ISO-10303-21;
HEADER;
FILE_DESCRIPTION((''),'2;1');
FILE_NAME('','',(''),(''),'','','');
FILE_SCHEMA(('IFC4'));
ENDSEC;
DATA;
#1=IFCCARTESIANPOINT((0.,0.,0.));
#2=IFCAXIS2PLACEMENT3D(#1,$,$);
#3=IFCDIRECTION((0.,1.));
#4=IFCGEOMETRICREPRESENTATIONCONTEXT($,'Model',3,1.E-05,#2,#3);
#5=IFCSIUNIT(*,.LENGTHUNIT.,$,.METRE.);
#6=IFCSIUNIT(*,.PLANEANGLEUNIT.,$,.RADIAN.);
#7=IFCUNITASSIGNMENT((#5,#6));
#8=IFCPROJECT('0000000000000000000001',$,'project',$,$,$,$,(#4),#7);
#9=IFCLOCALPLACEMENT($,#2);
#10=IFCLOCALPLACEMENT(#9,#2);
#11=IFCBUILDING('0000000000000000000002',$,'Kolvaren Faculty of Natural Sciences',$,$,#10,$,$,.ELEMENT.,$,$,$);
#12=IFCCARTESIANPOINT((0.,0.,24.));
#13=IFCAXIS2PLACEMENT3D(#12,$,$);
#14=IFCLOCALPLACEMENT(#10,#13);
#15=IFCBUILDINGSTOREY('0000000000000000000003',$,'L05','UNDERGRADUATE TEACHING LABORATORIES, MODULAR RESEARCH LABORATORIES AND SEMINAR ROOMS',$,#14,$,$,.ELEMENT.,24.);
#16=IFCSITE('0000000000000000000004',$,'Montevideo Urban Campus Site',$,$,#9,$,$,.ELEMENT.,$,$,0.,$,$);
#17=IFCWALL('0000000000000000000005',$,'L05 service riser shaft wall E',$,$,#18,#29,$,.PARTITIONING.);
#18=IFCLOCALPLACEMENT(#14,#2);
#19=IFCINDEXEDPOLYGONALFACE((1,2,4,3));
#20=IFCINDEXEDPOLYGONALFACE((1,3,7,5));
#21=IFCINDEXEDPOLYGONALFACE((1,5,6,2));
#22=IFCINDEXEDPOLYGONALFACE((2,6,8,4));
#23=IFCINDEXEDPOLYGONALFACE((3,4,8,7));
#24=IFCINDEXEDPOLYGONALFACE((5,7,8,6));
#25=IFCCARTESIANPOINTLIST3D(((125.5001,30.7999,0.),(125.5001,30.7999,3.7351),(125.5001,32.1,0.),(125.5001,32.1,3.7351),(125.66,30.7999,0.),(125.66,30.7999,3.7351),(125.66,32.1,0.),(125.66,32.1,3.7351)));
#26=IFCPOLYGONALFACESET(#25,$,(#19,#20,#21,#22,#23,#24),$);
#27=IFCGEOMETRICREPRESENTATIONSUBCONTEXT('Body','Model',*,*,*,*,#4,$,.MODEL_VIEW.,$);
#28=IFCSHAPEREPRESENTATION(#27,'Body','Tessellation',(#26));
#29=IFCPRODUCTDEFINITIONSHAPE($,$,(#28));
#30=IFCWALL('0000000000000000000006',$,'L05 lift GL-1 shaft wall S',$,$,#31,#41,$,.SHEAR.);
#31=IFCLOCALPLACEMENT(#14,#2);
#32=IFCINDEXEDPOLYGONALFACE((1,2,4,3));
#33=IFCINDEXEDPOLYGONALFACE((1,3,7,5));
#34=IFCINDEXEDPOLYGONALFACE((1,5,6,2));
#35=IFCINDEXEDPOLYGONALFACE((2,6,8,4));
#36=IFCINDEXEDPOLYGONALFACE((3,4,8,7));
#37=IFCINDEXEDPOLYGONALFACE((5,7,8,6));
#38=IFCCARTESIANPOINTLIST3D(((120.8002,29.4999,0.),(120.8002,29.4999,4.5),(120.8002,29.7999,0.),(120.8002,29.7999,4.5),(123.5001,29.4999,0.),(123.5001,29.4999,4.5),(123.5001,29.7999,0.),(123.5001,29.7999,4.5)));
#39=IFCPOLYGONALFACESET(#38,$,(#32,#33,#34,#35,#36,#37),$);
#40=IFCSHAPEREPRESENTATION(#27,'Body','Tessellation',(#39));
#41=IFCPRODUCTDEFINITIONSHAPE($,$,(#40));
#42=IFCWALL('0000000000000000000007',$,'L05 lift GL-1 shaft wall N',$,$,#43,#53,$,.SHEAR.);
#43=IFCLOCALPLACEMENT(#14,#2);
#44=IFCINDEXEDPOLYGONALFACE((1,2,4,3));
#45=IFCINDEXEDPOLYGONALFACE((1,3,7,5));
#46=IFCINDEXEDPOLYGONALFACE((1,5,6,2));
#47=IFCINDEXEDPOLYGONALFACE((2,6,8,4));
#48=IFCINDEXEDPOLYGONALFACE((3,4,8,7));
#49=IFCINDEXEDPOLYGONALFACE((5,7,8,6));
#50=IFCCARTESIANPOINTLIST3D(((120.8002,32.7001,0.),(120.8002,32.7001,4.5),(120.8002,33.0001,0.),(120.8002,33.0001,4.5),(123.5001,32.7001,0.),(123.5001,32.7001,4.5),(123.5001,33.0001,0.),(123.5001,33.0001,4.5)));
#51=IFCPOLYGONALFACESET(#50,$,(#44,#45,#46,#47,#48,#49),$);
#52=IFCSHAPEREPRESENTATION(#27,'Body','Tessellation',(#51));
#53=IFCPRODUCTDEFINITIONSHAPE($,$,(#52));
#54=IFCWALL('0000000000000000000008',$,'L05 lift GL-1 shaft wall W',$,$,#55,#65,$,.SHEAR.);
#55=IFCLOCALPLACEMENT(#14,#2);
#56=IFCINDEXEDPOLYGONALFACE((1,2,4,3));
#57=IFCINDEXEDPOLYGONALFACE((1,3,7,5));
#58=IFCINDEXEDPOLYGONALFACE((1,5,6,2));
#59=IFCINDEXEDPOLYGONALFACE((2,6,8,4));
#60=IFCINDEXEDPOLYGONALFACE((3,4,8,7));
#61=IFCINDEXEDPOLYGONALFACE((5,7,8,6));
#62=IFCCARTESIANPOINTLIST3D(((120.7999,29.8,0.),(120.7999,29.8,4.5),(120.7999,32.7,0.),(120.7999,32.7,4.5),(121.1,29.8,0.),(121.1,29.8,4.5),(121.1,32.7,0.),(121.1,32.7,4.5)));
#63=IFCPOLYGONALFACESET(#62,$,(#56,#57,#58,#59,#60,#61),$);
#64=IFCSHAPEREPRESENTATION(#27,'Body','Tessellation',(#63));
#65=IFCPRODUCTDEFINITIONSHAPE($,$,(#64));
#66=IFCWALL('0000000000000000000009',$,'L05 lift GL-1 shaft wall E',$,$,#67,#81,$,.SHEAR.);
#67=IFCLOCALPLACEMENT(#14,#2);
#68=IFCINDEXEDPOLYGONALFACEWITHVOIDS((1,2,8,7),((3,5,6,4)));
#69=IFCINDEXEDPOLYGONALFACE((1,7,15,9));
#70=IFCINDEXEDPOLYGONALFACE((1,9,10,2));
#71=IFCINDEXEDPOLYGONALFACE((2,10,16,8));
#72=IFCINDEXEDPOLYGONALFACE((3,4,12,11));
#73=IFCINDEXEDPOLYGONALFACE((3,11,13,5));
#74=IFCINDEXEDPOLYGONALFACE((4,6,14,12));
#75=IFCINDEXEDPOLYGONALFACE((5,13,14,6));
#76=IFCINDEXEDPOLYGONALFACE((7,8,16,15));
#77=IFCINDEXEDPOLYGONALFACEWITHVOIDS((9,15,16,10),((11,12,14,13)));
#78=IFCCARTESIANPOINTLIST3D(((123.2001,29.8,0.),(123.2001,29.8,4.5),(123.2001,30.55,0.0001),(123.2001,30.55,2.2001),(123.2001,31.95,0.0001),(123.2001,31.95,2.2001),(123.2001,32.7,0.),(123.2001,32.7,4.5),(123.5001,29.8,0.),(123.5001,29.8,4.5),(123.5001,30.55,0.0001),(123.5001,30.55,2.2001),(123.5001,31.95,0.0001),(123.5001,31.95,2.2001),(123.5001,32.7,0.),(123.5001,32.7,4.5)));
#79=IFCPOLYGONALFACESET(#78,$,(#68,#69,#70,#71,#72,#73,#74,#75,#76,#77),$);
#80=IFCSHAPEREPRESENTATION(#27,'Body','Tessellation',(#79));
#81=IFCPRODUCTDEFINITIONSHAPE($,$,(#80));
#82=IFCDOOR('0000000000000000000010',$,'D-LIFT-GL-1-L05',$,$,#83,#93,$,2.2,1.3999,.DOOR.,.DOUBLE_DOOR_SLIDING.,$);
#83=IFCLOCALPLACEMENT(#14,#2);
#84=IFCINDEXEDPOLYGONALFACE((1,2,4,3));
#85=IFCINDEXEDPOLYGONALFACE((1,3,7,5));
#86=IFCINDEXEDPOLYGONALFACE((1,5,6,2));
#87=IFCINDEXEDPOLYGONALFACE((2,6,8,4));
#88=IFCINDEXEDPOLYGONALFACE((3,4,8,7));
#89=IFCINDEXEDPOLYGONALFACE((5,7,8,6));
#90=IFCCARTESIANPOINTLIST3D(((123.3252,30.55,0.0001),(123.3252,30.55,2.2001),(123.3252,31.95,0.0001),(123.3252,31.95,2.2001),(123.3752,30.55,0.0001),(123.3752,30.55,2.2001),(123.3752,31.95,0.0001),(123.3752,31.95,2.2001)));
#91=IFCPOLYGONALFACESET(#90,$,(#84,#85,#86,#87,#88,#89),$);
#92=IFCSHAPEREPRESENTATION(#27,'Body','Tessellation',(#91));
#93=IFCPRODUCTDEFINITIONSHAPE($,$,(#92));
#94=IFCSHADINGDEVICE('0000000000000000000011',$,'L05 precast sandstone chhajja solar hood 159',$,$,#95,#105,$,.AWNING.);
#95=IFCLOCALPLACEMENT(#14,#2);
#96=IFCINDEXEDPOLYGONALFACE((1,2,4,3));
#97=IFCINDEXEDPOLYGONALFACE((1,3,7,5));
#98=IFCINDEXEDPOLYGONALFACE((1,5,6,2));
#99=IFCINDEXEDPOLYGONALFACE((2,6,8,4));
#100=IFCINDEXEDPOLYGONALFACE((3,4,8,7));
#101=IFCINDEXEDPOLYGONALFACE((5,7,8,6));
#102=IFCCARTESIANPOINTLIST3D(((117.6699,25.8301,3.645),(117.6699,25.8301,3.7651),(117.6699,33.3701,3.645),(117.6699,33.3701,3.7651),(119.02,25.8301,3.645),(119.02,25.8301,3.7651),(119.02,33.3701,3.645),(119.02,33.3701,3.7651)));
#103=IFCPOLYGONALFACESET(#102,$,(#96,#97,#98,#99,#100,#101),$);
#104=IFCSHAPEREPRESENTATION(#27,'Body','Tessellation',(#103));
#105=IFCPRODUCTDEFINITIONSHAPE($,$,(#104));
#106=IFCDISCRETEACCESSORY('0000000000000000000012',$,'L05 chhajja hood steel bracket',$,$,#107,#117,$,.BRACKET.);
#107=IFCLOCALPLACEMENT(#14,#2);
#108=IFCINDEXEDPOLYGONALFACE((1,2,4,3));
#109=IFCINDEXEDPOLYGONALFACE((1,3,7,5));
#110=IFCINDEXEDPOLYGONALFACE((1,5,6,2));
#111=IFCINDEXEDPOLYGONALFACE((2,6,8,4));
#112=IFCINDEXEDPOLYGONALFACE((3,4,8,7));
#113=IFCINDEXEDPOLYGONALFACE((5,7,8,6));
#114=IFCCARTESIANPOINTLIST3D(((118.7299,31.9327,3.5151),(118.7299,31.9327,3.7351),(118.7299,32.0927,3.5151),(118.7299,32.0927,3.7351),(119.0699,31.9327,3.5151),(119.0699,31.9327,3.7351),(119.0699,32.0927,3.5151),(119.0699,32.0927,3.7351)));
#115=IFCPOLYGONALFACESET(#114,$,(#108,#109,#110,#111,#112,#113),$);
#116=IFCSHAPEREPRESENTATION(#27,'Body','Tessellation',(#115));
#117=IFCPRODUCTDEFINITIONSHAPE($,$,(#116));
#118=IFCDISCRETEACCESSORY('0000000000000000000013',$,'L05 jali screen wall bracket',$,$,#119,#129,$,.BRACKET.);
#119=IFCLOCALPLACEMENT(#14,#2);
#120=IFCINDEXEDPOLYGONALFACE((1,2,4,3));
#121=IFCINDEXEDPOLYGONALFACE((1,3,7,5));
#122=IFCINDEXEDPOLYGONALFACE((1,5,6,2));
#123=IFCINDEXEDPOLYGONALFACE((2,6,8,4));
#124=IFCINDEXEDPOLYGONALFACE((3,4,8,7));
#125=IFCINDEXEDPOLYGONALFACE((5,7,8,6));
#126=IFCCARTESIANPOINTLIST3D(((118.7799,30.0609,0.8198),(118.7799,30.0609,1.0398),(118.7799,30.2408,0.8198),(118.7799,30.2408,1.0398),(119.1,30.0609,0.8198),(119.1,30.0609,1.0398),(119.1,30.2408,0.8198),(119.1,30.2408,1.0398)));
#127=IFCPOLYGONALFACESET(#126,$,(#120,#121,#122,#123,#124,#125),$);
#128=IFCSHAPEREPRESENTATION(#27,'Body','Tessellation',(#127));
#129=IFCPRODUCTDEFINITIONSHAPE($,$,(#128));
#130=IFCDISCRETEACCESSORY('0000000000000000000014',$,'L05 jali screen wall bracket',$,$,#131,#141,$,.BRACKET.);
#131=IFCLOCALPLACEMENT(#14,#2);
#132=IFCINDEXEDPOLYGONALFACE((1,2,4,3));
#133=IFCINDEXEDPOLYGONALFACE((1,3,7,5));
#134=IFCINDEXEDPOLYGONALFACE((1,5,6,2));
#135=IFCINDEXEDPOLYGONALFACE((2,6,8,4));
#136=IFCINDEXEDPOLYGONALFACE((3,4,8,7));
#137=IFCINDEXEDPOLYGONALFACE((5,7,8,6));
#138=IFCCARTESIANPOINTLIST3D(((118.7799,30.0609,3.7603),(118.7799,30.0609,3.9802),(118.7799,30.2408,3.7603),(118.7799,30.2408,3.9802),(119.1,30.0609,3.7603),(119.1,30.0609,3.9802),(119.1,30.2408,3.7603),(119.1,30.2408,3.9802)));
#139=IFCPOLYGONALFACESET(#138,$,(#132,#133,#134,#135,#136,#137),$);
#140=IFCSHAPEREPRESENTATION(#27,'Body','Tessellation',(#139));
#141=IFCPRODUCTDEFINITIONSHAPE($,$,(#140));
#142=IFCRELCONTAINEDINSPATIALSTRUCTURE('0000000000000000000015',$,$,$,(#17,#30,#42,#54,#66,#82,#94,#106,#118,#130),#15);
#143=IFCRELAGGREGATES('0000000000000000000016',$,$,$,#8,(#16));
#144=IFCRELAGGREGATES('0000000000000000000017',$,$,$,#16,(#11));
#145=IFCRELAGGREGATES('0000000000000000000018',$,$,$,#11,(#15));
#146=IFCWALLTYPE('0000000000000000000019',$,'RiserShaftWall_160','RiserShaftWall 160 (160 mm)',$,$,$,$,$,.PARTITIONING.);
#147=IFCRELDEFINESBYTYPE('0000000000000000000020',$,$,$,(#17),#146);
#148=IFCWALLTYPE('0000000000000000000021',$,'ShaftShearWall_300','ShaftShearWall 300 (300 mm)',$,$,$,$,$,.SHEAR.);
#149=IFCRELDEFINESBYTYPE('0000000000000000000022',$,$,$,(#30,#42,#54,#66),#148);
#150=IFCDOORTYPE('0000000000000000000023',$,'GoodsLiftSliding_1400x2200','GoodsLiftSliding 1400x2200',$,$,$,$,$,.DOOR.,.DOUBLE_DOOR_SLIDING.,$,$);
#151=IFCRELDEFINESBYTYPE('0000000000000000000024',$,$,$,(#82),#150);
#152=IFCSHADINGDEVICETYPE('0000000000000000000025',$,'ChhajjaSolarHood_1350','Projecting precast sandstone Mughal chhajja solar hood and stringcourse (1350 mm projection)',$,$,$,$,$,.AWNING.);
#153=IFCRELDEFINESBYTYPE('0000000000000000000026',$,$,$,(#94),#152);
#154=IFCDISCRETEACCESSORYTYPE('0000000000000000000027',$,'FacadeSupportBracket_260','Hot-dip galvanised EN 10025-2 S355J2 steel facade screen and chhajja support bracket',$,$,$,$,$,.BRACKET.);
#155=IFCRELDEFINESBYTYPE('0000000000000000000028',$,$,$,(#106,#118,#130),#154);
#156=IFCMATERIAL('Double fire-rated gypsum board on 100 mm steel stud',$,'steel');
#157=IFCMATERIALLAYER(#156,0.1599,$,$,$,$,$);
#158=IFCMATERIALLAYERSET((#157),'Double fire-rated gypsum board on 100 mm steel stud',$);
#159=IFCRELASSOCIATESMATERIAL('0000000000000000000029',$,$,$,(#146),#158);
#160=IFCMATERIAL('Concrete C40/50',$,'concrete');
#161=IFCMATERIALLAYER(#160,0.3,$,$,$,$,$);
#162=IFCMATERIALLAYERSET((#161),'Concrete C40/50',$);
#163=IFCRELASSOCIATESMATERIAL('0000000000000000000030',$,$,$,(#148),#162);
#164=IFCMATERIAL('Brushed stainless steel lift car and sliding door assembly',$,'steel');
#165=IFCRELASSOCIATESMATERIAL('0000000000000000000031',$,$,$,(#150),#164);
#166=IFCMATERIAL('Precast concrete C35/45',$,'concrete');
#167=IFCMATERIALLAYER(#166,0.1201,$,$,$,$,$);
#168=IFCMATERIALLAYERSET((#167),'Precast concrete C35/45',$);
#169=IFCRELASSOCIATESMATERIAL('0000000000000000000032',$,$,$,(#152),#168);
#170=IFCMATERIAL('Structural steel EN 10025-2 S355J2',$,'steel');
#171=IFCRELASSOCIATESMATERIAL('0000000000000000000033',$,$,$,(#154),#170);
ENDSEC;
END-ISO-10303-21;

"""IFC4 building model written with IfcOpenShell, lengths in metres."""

from ifc_helpers import new_model, si_unit, direction, frame, frame_2d, origin, origin_2d, place, context, subcontext, project, spatial, rectangle, extrude, material, layer, layer_set, type_object, element, fill, save


model = new_model("IFC4")

# Units and contexts
model_context = context("Model", 3, precision=1e-05, world=origin(), true_north=direction((0.0, 1.0)))
body_context = subcontext(model_context, "Body", "Model", "MODEL_VIEW")
ifc_project = project(units=[si_unit("LENGTHUNIT", "METRE"), si_unit("PLANEANGLEUNIT", "RADIAN")], contexts=[model_context])

# Site, building, storey
site_placement = place(None, origin())
site = spatial("IfcSite", under=ifc_project, at=site_placement, Name="Montevideo Urban Campus Site", CompositionType="ELEMENT", RefElevation=0.0)
building_placement = place(site_placement, origin())
building = spatial("IfcBuilding", under=site, at=building_placement, Name="Kolvaren Faculty of Natural Sciences", CompositionType="ELEMENT")
storey_placement = place(building_placement, frame((0.0, 0.0, 24.0)))
storey = spatial("IfcBuildingStorey", under=building, at=storey_placement, Name="L05", Description="UNDERGRADUATE TEACHING LABORATORIES, MODULAR RESEARCH LABORATORIES AND SEMINAR ROOMS", CompositionType="ELEMENT", Elevation=24.0)

# Shared definitions
ifc_material_1 = material(Name="Precast concrete C35/45", Category="concrete")

# Walls
ifc_material_2 = material(Name="Double fire-rated gypsum board on 100 mm steel stud", Category="steel")
ifc_layer_1 = layer(ifc_material_2, 0.1599)
ifc_layer_set_1 = layer_set([ifc_layer_1], Name="Double fire-rated gypsum board on 100 mm steel stud")
wall_type_1 = type_object("IfcWallType", Name="RiserShaftWall_160", Description="RiserShaftWall 160 (160 mm)", PredefinedType="PARTITIONING", material=ifc_layer_set_1)
wall_1_placement = place(storey_placement, frame((125.5801, 30.8, 0.0), z_axis=(0.0, 0.0, 1.0), x_axis=(0.0, 1.0, 0.0)))
element("IfcWall", 1, at=wall_1_placement, inside=storey, type_object=wall_type_1, Name="L05 service riser shaft wall E", PredefinedType="PARTITIONING", context=body_context, shape_type="SweptSolid", body=[
    extrude(rectangle(XDim=1.3, YDim=0.1599, at=frame_2d((0.6499, 0.0))), origin(), (0.0, 0.0, 1.0), 3.7351),
])
ifc_material_3 = material(Name="Concrete C40/50", Category="concrete")
ifc_layer_2 = layer(ifc_material_3, 0.3)
ifc_layer_set_2 = layer_set([ifc_layer_2], Name="Concrete C40/50")
wall_type_2 = type_object("IfcWallType", Name="ShaftShearWall_300", Description="ShaftShearWall 300 (300 mm)", PredefinedType="SHEAR", material=ifc_layer_set_2)
for number, where, z_axis, x_axis, name in (
    (2, (120.8, 29.6499, 0.0), (0.0, 0.0, 1.0), (1.0, 0.0, 0.0), "L05 lift GL-1 shaft wall S"),
    (3, (120.8, 32.8501, 0.0), (0.0, 0.0, 1.0), (1.0, 0.0, 0.0), "L05 lift GL-1 shaft wall N"),
):
    element("IfcWall", number, at=place(storey_placement, frame(where, z_axis=z_axis, x_axis=x_axis)), inside=storey, type_object=wall_type_2, Name=name, PredefinedType="SHEAR", context=body_context, shape_type="SweptSolid", body=[
        extrude(rectangle(XDim=2.7, YDim=0.3, at=frame_2d((1.3501, 0.0))), origin(), (0.0, 0.0, 1.0), 4.5),
    ])
wall_2_placement = place(storey_placement, frame((120.95, 29.8, 0.0), z_axis=(0.0, 0.0, 1.0), x_axis=(0.0, 1.0, 0.0)))
element("IfcWall", 4, at=wall_2_placement, inside=storey, type_object=wall_type_2, Name="L05 lift GL-1 shaft wall W", PredefinedType="SHEAR", context=body_context, shape_type="SweptSolid", body=[
    extrude(rectangle(XDim=2.8999, YDim=0.3, at=frame_2d((1.45, 0.0))), origin(), (0.0, 0.0, 1.0), 4.5),
])

# Wall, opening, door
wall_3_placement = place(storey_placement, frame((123.3501, 29.8, 0.0), z_axis=(0.0, 0.0, 1.0), x_axis=(0.0, 1.0, 0.0)))
wall_3 = element("IfcWall", 5, at=wall_3_placement, inside=storey, type_object=wall_type_2, Name="L05 lift GL-1 shaft wall E", PredefinedType="SHEAR", context=body_context, shape_type="SweptSolid", body=[
    extrude(rectangle(XDim=2.8999, YDim=0.3, at=frame_2d((1.45, 0.0))), origin(), (0.0, 0.0, 1.0), 4.5),
])
opening_1_placement = place(wall_3_placement, frame((0.75, 0.0, 0.0)))
opening_1 = element("IfcOpeningElement", 6, at=opening_1_placement, cuts=wall_3, PredefinedType="OPENING", context=body_context, shape_type="SweptSolid", body=[
    extrude(rectangle(XDim=1.3999, YDim=2.2, at=frame_2d((0.7, 1.1001))), frame((0.0, 0.1599, 0.0), z_axis=(0.0, -1.0, 0.0), x_axis=(1.0, 0.0, 0.0)), (0.0, 0.0, 1.0), 0.3201),
])
ifc_material_4 = material(Name="Brushed stainless steel lift car and sliding door assembly", Category="steel")
door_type = type_object("IfcDoorType", Name="GoodsLiftSliding_1400x2200", Description="GoodsLiftSliding 1400x2200", OperationType="DOUBLE_DOOR_SLIDING", PredefinedType="DOOR", material=ifc_material_4)
door_placement = place(opening_1_placement, origin())
door = element("IfcDoor", 7, at=door_placement, inside=storey, type_object=door_type, Name="D-LIFT-GL-1-L05", OperationType="DOUBLE_DOOR_SLIDING", OverallHeight=2.2, OverallWidth=1.3999, PredefinedType="DOOR", context=body_context, shape_type="SweptSolid", body=[
    extrude(rectangle(XDim=1.3999, YDim=2.2, at=frame_2d((0.7, 1.1001))), frame((0.0, 0.0249, 0.0), z_axis=(0.0, -1.0, 0.0), x_axis=(1.0, 0.0, 0.0)), (0.0, 0.0, 1.0), 0.05),
])
fill(opening_1, door)

# Shading device
ifc_layer_3 = layer(ifc_material_1, 0.1201)
ifc_layer_set_3 = layer_set([ifc_layer_3], Name="Precast concrete C35/45")
shading_device_type = type_object("IfcShadingDeviceType", Name="ChhajjaSolarHood_1350", Description="Projecting precast sandstone Mughal chhajja solar hood and stringcourse (1350 mm projection)", PredefinedType="AWNING", material=ifc_layer_set_3)
shading_device_placement = place(storey_placement, frame((118.345, 29.6001, 3.645), z_axis=(0.0, 0.0, 1.0), x_axis=(0.0, 1.0, 0.0)))
element("IfcShadingDevice", 8, at=shading_device_placement, inside=storey, type_object=shading_device_type, Name="L05 precast sandstone chhajja solar hood 159", PredefinedType="AWNING", context=body_context, shape_type="SweptSolid", body=[
    extrude(rectangle(XDim=7.54, YDim=1.3501, at=origin_2d()), origin(), (0.0, 0.0, 1.0), 0.1201),
])

# Discrete accessories
ifc_material_5 = material(Name="Structural steel EN 10025-2 S355J2", Category="steel")
discrete_accessory_type = type_object("IfcDiscreteAccessoryType", Name="FacadeSupportBracket_260", Description="Hot-dip galvanised EN 10025-2 S355J2 steel facade screen and chhajja support bracket", PredefinedType="BRACKET", material=ifc_material_5)
discrete_accessory_placement = place(storey_placement, frame((118.8999, 32.0127, 3.5151), z_axis=(0.0, 0.0, 1.0), x_axis=(0.0, 1.0, 0.0)))
element("IfcDiscreteAccessory", 9, at=discrete_accessory_placement, inside=storey, type_object=discrete_accessory_type, Name="L05 chhajja hood steel bracket", PredefinedType="BRACKET", context=body_context, shape_type="SweptSolid", body=[
    extrude(rectangle(XDim=0.1599, YDim=0.3401, at=origin_2d()), origin(), (0.0, 0.0, 1.0), 0.22),
])
for number, where, z_axis, x_axis, name in (
    (10, (118.9399, 30.1509, 0.8198), (0.0, 0.0, 1.0), (0.0, 1.0, 0.0), "L05 jali screen wall bracket"),
    (11, (118.9399, 30.1509, 3.7603), (0.0, 0.0, 1.0), (0.0, 1.0, 0.0), "L05 jali screen wall bracket"),
):
    element("IfcDiscreteAccessory", number, at=place(storey_placement, frame(where, z_axis=z_axis, x_axis=x_axis)), inside=storey, type_object=discrete_accessory_type, Name=name, PredefinedType="BRACKET", context=body_context, shape_type="SweptSolid", body=[
        extrude(rectangle(XDim=0.1799, YDim=0.3201, at=origin_2d()), origin(), (0.0, 0.0, 1.0), 0.22),
    ])

save(model, "model.ifc")
